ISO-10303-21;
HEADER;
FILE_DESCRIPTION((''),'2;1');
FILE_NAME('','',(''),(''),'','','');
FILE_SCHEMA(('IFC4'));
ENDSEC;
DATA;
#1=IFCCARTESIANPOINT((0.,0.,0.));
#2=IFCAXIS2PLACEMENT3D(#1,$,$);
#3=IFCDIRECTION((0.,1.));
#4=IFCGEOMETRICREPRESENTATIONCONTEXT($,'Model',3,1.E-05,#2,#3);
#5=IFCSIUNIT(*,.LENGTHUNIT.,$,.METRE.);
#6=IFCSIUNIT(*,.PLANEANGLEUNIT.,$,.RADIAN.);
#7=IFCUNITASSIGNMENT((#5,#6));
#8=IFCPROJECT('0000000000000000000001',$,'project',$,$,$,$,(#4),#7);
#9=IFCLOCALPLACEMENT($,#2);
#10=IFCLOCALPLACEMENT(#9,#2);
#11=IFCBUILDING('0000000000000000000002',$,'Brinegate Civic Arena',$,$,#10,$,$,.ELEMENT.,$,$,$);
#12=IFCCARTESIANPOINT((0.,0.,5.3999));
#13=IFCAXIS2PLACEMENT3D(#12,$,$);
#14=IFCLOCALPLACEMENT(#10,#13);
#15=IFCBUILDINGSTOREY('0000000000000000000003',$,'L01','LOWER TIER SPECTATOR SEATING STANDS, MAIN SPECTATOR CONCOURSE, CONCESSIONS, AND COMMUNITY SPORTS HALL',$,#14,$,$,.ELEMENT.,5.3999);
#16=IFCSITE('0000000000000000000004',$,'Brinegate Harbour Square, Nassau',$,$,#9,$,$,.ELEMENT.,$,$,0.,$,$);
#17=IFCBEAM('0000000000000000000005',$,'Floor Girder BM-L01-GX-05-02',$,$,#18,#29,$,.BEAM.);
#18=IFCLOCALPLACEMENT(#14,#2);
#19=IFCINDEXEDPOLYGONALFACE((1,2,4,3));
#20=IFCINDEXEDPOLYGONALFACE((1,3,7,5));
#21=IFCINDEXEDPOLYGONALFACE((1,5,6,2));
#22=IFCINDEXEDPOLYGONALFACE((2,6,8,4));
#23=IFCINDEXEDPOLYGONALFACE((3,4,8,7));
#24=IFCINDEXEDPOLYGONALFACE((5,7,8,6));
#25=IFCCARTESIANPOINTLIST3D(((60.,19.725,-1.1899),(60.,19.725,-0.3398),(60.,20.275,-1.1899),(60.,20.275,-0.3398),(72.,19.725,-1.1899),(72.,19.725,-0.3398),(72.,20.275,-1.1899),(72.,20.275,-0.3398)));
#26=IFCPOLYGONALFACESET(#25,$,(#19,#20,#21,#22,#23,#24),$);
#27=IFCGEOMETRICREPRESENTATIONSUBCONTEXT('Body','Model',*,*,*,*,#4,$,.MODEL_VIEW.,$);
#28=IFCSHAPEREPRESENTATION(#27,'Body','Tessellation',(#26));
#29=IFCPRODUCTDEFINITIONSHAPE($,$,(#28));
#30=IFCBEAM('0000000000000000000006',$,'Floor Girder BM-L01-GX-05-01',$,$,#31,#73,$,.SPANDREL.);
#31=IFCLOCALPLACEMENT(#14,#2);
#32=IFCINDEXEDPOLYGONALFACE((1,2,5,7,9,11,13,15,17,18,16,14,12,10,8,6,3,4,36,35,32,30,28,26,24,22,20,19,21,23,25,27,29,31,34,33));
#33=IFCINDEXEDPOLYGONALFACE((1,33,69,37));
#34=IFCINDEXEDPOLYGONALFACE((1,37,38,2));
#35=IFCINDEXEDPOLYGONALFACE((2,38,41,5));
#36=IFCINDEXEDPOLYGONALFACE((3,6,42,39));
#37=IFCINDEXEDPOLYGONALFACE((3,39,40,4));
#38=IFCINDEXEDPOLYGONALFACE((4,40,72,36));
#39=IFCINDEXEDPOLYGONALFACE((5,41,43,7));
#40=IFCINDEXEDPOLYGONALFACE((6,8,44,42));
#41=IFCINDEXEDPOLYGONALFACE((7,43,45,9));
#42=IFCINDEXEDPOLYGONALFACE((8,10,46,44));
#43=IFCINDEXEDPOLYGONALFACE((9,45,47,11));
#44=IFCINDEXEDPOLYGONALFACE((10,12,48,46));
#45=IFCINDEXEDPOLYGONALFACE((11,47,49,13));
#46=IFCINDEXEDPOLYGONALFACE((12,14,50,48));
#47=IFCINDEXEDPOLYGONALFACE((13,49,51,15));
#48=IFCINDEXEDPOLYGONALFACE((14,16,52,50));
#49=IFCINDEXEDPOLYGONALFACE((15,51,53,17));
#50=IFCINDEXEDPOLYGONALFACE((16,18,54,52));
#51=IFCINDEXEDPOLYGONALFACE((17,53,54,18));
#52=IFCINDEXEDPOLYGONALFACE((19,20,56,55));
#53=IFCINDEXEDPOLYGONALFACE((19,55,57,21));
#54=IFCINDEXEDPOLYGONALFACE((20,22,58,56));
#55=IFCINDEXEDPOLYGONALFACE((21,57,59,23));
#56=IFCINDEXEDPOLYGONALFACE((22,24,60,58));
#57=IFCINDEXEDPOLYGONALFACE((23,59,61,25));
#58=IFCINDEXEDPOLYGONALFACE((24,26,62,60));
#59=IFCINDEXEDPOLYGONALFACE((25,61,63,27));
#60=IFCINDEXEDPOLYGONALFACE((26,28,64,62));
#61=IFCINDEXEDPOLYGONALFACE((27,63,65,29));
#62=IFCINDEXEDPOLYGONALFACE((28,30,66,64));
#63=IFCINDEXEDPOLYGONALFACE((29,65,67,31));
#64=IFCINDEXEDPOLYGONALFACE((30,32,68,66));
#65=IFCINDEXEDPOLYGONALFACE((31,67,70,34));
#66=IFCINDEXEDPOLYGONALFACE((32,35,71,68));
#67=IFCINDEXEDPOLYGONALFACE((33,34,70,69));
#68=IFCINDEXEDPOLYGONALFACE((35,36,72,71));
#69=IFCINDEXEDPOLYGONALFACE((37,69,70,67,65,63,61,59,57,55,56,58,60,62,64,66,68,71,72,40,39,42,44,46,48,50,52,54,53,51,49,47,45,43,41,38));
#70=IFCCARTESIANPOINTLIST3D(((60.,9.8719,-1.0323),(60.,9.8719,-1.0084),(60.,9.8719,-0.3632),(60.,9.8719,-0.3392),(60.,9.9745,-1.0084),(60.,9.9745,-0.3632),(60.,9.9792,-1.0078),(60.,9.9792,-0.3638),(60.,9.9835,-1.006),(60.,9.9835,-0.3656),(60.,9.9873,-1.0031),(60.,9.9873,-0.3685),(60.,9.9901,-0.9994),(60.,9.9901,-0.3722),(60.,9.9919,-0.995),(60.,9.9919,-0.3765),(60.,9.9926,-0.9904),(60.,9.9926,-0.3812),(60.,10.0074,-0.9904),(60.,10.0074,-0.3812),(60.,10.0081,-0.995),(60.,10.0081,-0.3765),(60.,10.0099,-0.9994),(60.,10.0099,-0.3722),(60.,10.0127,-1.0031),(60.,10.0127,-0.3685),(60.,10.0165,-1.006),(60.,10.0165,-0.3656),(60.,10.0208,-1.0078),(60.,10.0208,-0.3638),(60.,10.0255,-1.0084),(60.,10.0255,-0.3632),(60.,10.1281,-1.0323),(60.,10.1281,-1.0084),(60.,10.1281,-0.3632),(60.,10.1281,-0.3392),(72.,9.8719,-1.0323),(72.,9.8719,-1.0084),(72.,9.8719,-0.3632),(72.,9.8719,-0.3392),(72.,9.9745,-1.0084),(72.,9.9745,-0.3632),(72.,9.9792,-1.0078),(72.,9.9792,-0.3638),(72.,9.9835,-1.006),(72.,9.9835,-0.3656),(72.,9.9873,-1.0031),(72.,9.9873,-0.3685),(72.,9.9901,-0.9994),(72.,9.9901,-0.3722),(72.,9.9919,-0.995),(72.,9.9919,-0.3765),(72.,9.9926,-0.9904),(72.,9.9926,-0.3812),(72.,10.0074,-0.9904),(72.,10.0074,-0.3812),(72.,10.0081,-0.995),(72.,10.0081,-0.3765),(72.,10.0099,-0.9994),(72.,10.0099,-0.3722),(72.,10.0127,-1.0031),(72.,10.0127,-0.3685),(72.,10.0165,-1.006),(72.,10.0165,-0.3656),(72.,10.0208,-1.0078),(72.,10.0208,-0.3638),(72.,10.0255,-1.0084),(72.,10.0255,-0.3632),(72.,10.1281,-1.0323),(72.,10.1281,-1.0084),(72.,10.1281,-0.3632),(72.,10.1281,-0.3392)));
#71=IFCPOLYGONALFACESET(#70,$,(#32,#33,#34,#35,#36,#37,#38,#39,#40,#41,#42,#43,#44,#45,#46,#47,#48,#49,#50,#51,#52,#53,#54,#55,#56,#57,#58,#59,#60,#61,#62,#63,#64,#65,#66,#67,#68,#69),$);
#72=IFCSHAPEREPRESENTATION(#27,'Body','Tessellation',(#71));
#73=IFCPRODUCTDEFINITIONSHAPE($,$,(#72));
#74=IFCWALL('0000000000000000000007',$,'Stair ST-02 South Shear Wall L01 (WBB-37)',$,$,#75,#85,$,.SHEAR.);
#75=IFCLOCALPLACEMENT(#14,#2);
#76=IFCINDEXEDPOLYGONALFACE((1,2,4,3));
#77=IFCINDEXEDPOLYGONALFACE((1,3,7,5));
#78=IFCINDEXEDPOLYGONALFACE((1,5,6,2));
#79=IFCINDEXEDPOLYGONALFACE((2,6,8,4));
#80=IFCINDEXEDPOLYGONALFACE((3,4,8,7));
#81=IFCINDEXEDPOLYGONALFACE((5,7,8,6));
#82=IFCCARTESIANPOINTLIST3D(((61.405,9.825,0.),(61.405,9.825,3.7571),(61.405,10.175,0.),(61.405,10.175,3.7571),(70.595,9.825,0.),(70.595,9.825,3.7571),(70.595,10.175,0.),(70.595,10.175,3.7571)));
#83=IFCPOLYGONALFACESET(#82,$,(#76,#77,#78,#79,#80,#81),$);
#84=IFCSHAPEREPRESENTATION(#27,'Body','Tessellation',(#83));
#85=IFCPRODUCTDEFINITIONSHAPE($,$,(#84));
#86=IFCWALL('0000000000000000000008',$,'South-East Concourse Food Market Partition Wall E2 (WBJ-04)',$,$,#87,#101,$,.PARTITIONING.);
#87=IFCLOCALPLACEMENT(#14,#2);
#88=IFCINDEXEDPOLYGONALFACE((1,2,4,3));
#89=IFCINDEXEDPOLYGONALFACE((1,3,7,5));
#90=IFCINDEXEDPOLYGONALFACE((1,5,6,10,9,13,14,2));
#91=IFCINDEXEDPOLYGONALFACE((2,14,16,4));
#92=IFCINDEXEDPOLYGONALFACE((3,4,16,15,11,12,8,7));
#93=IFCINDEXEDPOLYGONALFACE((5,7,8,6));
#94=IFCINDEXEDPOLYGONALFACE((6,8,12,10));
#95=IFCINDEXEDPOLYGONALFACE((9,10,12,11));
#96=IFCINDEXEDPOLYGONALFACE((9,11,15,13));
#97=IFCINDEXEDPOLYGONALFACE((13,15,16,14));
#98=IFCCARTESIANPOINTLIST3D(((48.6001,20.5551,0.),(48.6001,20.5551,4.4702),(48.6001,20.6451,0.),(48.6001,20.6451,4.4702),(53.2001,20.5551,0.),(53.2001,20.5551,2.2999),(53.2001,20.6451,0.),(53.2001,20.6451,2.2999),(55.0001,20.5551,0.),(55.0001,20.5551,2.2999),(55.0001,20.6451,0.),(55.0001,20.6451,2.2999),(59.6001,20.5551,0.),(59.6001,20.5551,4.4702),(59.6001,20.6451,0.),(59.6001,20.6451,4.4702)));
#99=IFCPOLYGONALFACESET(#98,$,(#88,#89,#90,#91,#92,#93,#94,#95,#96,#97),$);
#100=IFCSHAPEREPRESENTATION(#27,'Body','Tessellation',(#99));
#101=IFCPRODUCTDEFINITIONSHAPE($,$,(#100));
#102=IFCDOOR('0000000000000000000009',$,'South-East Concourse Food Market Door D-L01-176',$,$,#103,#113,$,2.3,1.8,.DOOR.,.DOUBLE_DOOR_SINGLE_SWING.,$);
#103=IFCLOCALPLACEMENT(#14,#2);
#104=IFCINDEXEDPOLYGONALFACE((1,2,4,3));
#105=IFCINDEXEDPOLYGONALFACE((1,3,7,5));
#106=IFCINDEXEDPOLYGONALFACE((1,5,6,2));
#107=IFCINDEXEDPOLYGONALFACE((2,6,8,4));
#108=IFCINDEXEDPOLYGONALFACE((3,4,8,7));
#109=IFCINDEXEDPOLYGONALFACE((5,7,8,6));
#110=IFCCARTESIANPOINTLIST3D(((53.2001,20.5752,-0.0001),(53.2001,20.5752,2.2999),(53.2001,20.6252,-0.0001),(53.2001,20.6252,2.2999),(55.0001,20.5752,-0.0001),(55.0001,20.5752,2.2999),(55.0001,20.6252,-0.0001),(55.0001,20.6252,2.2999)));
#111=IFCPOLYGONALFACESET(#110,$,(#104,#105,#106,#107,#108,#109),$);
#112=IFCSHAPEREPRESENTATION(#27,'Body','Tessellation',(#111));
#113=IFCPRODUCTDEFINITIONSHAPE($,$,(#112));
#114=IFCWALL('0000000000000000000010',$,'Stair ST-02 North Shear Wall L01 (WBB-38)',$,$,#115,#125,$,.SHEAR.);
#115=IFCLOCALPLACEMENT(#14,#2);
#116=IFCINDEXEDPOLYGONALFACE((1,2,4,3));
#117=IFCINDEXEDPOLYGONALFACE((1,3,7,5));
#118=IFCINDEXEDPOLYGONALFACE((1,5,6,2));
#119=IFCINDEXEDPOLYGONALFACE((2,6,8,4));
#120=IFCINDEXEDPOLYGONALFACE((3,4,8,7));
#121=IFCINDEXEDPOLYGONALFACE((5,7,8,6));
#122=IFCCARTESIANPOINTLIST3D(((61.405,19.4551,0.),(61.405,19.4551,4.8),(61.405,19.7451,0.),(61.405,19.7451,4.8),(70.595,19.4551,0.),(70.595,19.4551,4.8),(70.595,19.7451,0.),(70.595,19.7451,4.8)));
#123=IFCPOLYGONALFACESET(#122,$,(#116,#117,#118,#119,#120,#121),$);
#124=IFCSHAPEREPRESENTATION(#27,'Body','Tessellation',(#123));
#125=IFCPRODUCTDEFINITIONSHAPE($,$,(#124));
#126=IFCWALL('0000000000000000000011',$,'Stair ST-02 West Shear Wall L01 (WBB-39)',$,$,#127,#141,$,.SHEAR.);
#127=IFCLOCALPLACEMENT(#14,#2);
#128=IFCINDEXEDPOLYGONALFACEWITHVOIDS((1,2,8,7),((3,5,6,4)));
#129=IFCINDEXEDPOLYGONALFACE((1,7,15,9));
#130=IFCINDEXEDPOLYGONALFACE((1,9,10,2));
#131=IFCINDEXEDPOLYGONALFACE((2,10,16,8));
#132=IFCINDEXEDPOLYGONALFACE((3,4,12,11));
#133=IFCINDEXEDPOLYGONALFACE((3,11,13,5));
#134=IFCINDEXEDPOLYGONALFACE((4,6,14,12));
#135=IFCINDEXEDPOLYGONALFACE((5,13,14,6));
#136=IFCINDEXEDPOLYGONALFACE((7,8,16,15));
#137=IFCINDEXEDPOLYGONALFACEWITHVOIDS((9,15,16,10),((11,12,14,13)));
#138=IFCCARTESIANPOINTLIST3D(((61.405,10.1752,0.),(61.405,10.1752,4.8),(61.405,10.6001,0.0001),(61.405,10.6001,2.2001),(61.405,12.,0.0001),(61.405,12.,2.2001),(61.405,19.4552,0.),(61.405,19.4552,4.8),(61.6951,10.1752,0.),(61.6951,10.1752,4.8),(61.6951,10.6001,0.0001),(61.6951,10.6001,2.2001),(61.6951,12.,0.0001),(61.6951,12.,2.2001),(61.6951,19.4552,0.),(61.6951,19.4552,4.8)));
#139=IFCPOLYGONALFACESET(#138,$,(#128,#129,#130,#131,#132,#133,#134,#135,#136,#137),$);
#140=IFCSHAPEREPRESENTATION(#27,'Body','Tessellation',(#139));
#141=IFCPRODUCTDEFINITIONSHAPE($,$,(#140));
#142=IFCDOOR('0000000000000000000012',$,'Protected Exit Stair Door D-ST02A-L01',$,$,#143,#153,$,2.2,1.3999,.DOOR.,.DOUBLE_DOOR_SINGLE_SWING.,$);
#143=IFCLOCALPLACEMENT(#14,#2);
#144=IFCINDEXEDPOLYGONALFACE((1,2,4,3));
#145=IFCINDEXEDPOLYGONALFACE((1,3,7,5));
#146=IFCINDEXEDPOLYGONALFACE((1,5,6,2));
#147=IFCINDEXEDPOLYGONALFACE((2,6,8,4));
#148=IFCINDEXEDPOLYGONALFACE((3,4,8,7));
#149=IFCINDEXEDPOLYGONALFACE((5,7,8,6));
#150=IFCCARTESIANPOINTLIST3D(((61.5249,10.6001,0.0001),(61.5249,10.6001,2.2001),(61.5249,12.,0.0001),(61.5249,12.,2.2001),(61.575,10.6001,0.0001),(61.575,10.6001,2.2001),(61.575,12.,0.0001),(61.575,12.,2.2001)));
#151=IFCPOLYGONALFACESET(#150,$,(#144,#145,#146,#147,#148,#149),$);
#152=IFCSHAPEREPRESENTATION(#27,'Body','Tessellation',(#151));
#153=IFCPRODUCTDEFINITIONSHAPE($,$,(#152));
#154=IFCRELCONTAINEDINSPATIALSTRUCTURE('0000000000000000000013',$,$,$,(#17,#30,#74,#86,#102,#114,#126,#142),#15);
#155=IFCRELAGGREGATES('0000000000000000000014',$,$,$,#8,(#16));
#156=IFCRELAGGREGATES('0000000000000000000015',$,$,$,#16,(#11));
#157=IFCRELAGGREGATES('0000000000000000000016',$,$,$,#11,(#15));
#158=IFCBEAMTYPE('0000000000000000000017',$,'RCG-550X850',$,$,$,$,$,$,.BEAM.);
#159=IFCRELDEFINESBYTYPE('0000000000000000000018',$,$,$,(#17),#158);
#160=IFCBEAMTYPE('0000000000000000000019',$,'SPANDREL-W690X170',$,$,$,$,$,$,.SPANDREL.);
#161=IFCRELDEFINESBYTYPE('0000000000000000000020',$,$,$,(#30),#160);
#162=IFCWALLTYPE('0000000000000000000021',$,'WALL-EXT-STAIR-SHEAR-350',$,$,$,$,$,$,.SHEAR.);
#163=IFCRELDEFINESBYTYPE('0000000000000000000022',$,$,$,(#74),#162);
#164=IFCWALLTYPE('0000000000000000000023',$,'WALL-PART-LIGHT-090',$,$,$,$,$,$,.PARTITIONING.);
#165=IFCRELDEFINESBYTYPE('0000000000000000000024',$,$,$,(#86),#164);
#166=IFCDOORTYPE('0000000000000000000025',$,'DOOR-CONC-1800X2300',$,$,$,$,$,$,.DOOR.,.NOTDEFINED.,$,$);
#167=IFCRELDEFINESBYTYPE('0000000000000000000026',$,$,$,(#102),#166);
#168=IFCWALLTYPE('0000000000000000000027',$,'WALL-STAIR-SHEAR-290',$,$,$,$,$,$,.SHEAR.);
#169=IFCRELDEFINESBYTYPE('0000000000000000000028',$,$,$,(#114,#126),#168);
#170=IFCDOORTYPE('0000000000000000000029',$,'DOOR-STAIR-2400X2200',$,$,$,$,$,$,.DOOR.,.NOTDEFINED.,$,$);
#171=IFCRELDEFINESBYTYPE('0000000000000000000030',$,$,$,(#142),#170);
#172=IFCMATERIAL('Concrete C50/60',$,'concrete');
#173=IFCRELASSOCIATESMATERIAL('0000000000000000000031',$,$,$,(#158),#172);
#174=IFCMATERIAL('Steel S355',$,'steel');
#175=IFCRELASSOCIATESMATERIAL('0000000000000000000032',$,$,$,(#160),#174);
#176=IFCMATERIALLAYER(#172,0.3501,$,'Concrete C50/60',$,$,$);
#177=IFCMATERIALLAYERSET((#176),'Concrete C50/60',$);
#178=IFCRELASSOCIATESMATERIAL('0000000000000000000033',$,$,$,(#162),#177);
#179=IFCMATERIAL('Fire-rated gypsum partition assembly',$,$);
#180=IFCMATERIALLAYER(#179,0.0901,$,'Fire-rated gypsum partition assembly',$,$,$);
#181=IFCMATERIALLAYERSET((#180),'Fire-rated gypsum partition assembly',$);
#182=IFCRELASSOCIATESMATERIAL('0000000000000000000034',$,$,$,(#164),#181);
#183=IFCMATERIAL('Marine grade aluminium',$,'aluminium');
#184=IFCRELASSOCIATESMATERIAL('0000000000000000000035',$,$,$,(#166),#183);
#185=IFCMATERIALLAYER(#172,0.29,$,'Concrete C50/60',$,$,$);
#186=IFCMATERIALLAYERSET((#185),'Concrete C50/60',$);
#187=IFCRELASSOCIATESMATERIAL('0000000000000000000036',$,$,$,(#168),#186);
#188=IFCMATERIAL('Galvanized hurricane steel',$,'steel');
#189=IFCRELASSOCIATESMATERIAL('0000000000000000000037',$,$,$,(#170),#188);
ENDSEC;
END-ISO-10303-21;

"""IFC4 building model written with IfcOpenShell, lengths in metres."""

from ifc_helpers import new_model, si_unit, direction, frame, frame_2d, origin, origin_2d, place, context, subcontext, project, spatial, rectangle, i_section, extrude, material, layer, layer_set, material_profile, profile_set, type_object, element, fill, save


model = new_model("IFC4")

# Units and contexts
model_context = context("Model", 3, precision=1e-05, world=origin(), true_north=direction((0.0, 1.0)))
body_context = subcontext(model_context, "Body", "Model", "MODEL_VIEW")
ifc_project = project(units=[si_unit("LENGTHUNIT", "METRE"), si_unit("PLANEANGLEUNIT", "RADIAN")], contexts=[model_context])

# Site, building, storey
site_placement = place(None, origin())
site = spatial("IfcSite", under=ifc_project, at=site_placement, Name="Brinegate Harbour Square, Nassau", CompositionType="ELEMENT", RefElevation=0.0)
building_placement = place(site_placement, origin())
building = spatial("IfcBuilding", under=site, at=building_placement, Name="Brinegate Civic Arena", CompositionType="ELEMENT")
storey_placement = place(building_placement, frame((0.0, 0.0, 5.3999)))
storey = spatial("IfcBuildingStorey", under=building, at=storey_placement, Name="L01", Description="LOWER TIER SPECTATOR SEATING STANDS, MAIN SPECTATOR CONCOURSE, CONCESSIONS, AND COMMUNITY SPORTS HALL", CompositionType="ELEMENT", Elevation=5.3999)

# Shared definitions
ifc_material_1 = material(Name="Concrete C50/60", Category="concrete")

# Beams
ifc_material_2 = material(Name="Steel S355", Category="steel")
ifc_material_profile_1 = material_profile(ifc_material_1, rectangle(XDim=0.55, YDim=0.8501, at=origin_2d()), Name="RCB550X850")
ifc_profile_set_1 = profile_set([ifc_material_profile_1], Name="Concrete C50/60")
beam_type_1 = type_object("IfcBeamType", Name="RCG-550X850", PredefinedType="BEAM", material=ifc_profile_set_1)
beam_1_placement = place(storey_placement, frame((60.0, 20.0, -0.7649), z_axis=(1.0, 0.0, 0.0), x_axis=(0.0, 1.0, 0.0)))
element("IfcBeam", 1, at=beam_1_placement, inside=storey, type_object=beam_type_1, Name="Floor Girder BM-L01-GX-05-02", PredefinedType="BEAM", context=body_context, shape_type="SweptSolid", body=[
    extrude(rectangle(XDim=0.55, YDim=0.8501, at=origin_2d()), origin(), (0.0, 0.0, 1.0), 12.0),
])
ifc_material_profile_2 = material_profile(ifc_material_2, i_section(OverallWidth=0.2561, OverallDepth=0.6931, WebThickness=0.0149, FlangeThickness=0.0239, FilletRadius=0.0181, at=origin_2d()), Name="W690X170")
ifc_profile_set_2 = profile_set([ifc_material_profile_2], Name="Steel S355")
beam_type_2 = type_object("IfcBeamType", Name="SPANDREL-W690X170", PredefinedType="SPANDREL", material=ifc_profile_set_2)
beam_2_placement = place(storey_placement, frame((60.0, 10.0, -0.6858), z_axis=(1.0, 0.0, 0.0), x_axis=(0.0, 1.0, 0.0)))
element("IfcBeam", 2, at=beam_2_placement, inside=storey, type_object=beam_type_2, Name="Floor Girder BM-L01-GX-05-01", PredefinedType="SPANDREL", context=body_context, shape_type="SweptSolid", body=[
    extrude(i_section(OverallWidth=0.2561, OverallDepth=0.6931, WebThickness=0.0149, FlangeThickness=0.0239, FilletRadius=0.0181, at=origin_2d()), origin(), (0.0, 0.0, 1.0), 12.0),
])

# Wall
ifc_layer_1 = layer(ifc_material_1, 0.3501, Name="Concrete C50/60")
ifc_layer_set_1 = layer_set([ifc_layer_1], Name="Concrete C50/60")
wall_type_1 = type_object("IfcWallType", Name="WALL-EXT-STAIR-SHEAR-350", PredefinedType="SHEAR", material=ifc_layer_set_1)
wall_1_placement = place(storey_placement, frame((61.405, 10.0, 0.0), z_axis=(0.0, 0.0, 1.0), x_axis=(1.0, 0.0, 0.0)))
element("IfcWall", 3, at=wall_1_placement, inside=storey, type_object=wall_type_1, Name="Stair ST-02 South Shear Wall L01 (WBB-37)", PredefinedType="SHEAR", context=body_context, shape_type="SweptSolid", body=[
    extrude(rectangle(XDim=9.1899, YDim=0.3501, at=frame_2d((4.595, 0.0))), origin(), (0.0, 0.0, 1.0), 3.7571),
])

# Wall, opening, door
ifc_material_3 = material(Name="Fire-rated gypsum partition assembly")
ifc_layer_2 = layer(ifc_material_3, 0.0901, Name="Fire-rated gypsum partition assembly")
ifc_layer_set_2 = layer_set([ifc_layer_2], Name="Fire-rated gypsum partition assembly")
wall_type_2 = type_object("IfcWallType", Name="WALL-PART-LIGHT-090", PredefinedType="PARTITIONING", material=ifc_layer_set_2)
wall_2_placement = place(storey_placement, frame((59.6001, 20.6001, 0.0), z_axis=(0.0, 0.0, 1.0), x_axis=(-1.0, 0.0, 0.0)))
wall_2 = element("IfcWall", 4, at=wall_2_placement, inside=storey, type_object=wall_type_2, Name="South-East Concourse Food Market Partition Wall E2 (WBJ-04)", PredefinedType="PARTITIONING", context=body_context, shape_type="SweptSolid", body=[
    extrude(rectangle(XDim=11.0, YDim=0.0901, at=frame_2d((5.5, 0.0))), origin(), (0.0, 0.0, 1.0), 4.4702),
])
opening_1_placement = place(wall_2_placement, frame((4.6001, 0.0, 0.0)))
opening_1 = element("IfcOpeningElement", 5, at=opening_1_placement, cuts=wall_2, PredefinedType="OPENING", context=body_context, shape_type="SweptSolid", body=[
    extrude(rectangle(XDim=1.8, YDim=2.3, at=frame_2d((0.8999, 1.1499))), frame((0.0, 0.0549, 0.0), z_axis=(0.0, -1.0, 0.0), x_axis=(1.0, 0.0, 0.0)), (0.0, 0.0, 1.0), 0.1101),
])
ifc_material_4 = material(Name="Marine grade aluminium", Category="aluminium")
door_type_1 = type_object("IfcDoorType", Name="DOOR-CONC-1800X2300", OperationType="NOTDEFINED", PredefinedType="DOOR", material=ifc_material_4)
door_1_placement = place(opening_1_placement, origin())
door_1 = element("IfcDoor", 6, at=door_1_placement, inside=storey, type_object=door_type_1, Name="South-East Concourse Food Market Door D-L01-176", OperationType="DOUBLE_DOOR_SINGLE_SWING", OverallHeight=2.3, OverallWidth=1.8, PredefinedType="DOOR", context=body_context, shape_type="SweptSolid", body=[
    extrude(rectangle(XDim=1.8, YDim=2.3, at=frame_2d((0.8999, 1.1499))), frame((0.0, 0.0249, 0.0), z_axis=(0.0, -1.0, 0.0), x_axis=(1.0, 0.0, 0.0)), (0.0, 0.0, 1.0), 0.05),
])
fill(opening_1, door_1)

# Wall
ifc_layer_3 = layer(ifc_material_1, 0.29, Name="Concrete C50/60")
ifc_layer_set_3 = layer_set([ifc_layer_3], Name="Concrete C50/60")
wall_type_3 = type_object("IfcWallType", Name="WALL-STAIR-SHEAR-290", PredefinedType="SHEAR", material=ifc_layer_set_3)
wall_3_placement = place(storey_placement, frame((61.405, 19.6001, 0.0), z_axis=(0.0, 0.0, 1.0), x_axis=(1.0, 0.0, 0.0)))
element("IfcWall", 7, at=wall_3_placement, inside=storey, type_object=wall_type_3, Name="Stair ST-02 North Shear Wall L01 (WBB-38)", PredefinedType="SHEAR", context=body_context, shape_type="SweptSolid", body=[
    extrude(rectangle(XDim=9.1899, YDim=0.29, at=frame_2d((4.595, 0.0))), origin(), (0.0, 0.0, 1.0), 4.8),
])

# Wall, opening, door
wall_4_placement = place(storey_placement, frame((61.55, 10.175, 0.0), z_axis=(0.0, 0.0, 1.0), x_axis=(0.0, 1.0, 0.0)))
wall_4 = element("IfcWall", 8, at=wall_4_placement, inside=storey, type_object=wall_type_3, Name="Stair ST-02 West Shear Wall L01 (WBB-39)", PredefinedType="SHEAR", context=body_context, shape_type="SweptSolid", body=[
    extrude(rectangle(XDim=9.28, YDim=0.29, at=frame_2d((4.6401, 0.0))), origin(), (0.0, 0.0, 1.0), 4.8),
])
opening_2_placement = place(wall_4_placement, frame((0.425, 0.0, 0.0)))
opening_2 = element("IfcOpeningElement", 9, at=opening_2_placement, cuts=wall_4, PredefinedType="OPENING", context=body_context, shape_type="SweptSolid", body=[
    extrude(rectangle(XDim=1.3999, YDim=2.2, at=frame_2d((0.7, 1.1001))), frame((0.0, 0.155, 0.0), z_axis=(0.0, -1.0, 0.0), x_axis=(1.0, 0.0, 0.0)), (0.0, 0.0, 1.0), 0.3101),
])
ifc_material_5 = material(Name="Galvanized hurricane steel", Category="steel")
door_type_2 = type_object("IfcDoorType", Name="DOOR-STAIR-2400X2200", OperationType="NOTDEFINED", PredefinedType="DOOR", material=ifc_material_5)
door_2_placement = place(opening_2_placement, frame((1.3999, 0.0, 0.0), z_axis=(0.0, 0.0, 1.0), x_axis=(-1.0, 0.0, 0.0)))
door_2 = element("IfcDoor", 10, at=door_2_placement, inside=storey, type_object=door_type_2, Name="Protected Exit Stair Door D-ST02A-L01", OperationType="DOUBLE_DOOR_SINGLE_SWING", OverallHeight=2.2, OverallWidth=1.3999, PredefinedType="DOOR", context=body_context, shape_type="SweptSolid", body=[
    extrude(rectangle(XDim=1.3999, YDim=2.2, at=frame_2d((0.7, 1.1001))), frame((0.0, 0.0249, 0.0), z_axis=(0.0, -1.0, 0.0), x_axis=(1.0, 0.0, 0.0)), (0.0, 0.0, 1.0), 0.05),
])
fill(opening_2, door_2)

save(model, "model.ifc")
